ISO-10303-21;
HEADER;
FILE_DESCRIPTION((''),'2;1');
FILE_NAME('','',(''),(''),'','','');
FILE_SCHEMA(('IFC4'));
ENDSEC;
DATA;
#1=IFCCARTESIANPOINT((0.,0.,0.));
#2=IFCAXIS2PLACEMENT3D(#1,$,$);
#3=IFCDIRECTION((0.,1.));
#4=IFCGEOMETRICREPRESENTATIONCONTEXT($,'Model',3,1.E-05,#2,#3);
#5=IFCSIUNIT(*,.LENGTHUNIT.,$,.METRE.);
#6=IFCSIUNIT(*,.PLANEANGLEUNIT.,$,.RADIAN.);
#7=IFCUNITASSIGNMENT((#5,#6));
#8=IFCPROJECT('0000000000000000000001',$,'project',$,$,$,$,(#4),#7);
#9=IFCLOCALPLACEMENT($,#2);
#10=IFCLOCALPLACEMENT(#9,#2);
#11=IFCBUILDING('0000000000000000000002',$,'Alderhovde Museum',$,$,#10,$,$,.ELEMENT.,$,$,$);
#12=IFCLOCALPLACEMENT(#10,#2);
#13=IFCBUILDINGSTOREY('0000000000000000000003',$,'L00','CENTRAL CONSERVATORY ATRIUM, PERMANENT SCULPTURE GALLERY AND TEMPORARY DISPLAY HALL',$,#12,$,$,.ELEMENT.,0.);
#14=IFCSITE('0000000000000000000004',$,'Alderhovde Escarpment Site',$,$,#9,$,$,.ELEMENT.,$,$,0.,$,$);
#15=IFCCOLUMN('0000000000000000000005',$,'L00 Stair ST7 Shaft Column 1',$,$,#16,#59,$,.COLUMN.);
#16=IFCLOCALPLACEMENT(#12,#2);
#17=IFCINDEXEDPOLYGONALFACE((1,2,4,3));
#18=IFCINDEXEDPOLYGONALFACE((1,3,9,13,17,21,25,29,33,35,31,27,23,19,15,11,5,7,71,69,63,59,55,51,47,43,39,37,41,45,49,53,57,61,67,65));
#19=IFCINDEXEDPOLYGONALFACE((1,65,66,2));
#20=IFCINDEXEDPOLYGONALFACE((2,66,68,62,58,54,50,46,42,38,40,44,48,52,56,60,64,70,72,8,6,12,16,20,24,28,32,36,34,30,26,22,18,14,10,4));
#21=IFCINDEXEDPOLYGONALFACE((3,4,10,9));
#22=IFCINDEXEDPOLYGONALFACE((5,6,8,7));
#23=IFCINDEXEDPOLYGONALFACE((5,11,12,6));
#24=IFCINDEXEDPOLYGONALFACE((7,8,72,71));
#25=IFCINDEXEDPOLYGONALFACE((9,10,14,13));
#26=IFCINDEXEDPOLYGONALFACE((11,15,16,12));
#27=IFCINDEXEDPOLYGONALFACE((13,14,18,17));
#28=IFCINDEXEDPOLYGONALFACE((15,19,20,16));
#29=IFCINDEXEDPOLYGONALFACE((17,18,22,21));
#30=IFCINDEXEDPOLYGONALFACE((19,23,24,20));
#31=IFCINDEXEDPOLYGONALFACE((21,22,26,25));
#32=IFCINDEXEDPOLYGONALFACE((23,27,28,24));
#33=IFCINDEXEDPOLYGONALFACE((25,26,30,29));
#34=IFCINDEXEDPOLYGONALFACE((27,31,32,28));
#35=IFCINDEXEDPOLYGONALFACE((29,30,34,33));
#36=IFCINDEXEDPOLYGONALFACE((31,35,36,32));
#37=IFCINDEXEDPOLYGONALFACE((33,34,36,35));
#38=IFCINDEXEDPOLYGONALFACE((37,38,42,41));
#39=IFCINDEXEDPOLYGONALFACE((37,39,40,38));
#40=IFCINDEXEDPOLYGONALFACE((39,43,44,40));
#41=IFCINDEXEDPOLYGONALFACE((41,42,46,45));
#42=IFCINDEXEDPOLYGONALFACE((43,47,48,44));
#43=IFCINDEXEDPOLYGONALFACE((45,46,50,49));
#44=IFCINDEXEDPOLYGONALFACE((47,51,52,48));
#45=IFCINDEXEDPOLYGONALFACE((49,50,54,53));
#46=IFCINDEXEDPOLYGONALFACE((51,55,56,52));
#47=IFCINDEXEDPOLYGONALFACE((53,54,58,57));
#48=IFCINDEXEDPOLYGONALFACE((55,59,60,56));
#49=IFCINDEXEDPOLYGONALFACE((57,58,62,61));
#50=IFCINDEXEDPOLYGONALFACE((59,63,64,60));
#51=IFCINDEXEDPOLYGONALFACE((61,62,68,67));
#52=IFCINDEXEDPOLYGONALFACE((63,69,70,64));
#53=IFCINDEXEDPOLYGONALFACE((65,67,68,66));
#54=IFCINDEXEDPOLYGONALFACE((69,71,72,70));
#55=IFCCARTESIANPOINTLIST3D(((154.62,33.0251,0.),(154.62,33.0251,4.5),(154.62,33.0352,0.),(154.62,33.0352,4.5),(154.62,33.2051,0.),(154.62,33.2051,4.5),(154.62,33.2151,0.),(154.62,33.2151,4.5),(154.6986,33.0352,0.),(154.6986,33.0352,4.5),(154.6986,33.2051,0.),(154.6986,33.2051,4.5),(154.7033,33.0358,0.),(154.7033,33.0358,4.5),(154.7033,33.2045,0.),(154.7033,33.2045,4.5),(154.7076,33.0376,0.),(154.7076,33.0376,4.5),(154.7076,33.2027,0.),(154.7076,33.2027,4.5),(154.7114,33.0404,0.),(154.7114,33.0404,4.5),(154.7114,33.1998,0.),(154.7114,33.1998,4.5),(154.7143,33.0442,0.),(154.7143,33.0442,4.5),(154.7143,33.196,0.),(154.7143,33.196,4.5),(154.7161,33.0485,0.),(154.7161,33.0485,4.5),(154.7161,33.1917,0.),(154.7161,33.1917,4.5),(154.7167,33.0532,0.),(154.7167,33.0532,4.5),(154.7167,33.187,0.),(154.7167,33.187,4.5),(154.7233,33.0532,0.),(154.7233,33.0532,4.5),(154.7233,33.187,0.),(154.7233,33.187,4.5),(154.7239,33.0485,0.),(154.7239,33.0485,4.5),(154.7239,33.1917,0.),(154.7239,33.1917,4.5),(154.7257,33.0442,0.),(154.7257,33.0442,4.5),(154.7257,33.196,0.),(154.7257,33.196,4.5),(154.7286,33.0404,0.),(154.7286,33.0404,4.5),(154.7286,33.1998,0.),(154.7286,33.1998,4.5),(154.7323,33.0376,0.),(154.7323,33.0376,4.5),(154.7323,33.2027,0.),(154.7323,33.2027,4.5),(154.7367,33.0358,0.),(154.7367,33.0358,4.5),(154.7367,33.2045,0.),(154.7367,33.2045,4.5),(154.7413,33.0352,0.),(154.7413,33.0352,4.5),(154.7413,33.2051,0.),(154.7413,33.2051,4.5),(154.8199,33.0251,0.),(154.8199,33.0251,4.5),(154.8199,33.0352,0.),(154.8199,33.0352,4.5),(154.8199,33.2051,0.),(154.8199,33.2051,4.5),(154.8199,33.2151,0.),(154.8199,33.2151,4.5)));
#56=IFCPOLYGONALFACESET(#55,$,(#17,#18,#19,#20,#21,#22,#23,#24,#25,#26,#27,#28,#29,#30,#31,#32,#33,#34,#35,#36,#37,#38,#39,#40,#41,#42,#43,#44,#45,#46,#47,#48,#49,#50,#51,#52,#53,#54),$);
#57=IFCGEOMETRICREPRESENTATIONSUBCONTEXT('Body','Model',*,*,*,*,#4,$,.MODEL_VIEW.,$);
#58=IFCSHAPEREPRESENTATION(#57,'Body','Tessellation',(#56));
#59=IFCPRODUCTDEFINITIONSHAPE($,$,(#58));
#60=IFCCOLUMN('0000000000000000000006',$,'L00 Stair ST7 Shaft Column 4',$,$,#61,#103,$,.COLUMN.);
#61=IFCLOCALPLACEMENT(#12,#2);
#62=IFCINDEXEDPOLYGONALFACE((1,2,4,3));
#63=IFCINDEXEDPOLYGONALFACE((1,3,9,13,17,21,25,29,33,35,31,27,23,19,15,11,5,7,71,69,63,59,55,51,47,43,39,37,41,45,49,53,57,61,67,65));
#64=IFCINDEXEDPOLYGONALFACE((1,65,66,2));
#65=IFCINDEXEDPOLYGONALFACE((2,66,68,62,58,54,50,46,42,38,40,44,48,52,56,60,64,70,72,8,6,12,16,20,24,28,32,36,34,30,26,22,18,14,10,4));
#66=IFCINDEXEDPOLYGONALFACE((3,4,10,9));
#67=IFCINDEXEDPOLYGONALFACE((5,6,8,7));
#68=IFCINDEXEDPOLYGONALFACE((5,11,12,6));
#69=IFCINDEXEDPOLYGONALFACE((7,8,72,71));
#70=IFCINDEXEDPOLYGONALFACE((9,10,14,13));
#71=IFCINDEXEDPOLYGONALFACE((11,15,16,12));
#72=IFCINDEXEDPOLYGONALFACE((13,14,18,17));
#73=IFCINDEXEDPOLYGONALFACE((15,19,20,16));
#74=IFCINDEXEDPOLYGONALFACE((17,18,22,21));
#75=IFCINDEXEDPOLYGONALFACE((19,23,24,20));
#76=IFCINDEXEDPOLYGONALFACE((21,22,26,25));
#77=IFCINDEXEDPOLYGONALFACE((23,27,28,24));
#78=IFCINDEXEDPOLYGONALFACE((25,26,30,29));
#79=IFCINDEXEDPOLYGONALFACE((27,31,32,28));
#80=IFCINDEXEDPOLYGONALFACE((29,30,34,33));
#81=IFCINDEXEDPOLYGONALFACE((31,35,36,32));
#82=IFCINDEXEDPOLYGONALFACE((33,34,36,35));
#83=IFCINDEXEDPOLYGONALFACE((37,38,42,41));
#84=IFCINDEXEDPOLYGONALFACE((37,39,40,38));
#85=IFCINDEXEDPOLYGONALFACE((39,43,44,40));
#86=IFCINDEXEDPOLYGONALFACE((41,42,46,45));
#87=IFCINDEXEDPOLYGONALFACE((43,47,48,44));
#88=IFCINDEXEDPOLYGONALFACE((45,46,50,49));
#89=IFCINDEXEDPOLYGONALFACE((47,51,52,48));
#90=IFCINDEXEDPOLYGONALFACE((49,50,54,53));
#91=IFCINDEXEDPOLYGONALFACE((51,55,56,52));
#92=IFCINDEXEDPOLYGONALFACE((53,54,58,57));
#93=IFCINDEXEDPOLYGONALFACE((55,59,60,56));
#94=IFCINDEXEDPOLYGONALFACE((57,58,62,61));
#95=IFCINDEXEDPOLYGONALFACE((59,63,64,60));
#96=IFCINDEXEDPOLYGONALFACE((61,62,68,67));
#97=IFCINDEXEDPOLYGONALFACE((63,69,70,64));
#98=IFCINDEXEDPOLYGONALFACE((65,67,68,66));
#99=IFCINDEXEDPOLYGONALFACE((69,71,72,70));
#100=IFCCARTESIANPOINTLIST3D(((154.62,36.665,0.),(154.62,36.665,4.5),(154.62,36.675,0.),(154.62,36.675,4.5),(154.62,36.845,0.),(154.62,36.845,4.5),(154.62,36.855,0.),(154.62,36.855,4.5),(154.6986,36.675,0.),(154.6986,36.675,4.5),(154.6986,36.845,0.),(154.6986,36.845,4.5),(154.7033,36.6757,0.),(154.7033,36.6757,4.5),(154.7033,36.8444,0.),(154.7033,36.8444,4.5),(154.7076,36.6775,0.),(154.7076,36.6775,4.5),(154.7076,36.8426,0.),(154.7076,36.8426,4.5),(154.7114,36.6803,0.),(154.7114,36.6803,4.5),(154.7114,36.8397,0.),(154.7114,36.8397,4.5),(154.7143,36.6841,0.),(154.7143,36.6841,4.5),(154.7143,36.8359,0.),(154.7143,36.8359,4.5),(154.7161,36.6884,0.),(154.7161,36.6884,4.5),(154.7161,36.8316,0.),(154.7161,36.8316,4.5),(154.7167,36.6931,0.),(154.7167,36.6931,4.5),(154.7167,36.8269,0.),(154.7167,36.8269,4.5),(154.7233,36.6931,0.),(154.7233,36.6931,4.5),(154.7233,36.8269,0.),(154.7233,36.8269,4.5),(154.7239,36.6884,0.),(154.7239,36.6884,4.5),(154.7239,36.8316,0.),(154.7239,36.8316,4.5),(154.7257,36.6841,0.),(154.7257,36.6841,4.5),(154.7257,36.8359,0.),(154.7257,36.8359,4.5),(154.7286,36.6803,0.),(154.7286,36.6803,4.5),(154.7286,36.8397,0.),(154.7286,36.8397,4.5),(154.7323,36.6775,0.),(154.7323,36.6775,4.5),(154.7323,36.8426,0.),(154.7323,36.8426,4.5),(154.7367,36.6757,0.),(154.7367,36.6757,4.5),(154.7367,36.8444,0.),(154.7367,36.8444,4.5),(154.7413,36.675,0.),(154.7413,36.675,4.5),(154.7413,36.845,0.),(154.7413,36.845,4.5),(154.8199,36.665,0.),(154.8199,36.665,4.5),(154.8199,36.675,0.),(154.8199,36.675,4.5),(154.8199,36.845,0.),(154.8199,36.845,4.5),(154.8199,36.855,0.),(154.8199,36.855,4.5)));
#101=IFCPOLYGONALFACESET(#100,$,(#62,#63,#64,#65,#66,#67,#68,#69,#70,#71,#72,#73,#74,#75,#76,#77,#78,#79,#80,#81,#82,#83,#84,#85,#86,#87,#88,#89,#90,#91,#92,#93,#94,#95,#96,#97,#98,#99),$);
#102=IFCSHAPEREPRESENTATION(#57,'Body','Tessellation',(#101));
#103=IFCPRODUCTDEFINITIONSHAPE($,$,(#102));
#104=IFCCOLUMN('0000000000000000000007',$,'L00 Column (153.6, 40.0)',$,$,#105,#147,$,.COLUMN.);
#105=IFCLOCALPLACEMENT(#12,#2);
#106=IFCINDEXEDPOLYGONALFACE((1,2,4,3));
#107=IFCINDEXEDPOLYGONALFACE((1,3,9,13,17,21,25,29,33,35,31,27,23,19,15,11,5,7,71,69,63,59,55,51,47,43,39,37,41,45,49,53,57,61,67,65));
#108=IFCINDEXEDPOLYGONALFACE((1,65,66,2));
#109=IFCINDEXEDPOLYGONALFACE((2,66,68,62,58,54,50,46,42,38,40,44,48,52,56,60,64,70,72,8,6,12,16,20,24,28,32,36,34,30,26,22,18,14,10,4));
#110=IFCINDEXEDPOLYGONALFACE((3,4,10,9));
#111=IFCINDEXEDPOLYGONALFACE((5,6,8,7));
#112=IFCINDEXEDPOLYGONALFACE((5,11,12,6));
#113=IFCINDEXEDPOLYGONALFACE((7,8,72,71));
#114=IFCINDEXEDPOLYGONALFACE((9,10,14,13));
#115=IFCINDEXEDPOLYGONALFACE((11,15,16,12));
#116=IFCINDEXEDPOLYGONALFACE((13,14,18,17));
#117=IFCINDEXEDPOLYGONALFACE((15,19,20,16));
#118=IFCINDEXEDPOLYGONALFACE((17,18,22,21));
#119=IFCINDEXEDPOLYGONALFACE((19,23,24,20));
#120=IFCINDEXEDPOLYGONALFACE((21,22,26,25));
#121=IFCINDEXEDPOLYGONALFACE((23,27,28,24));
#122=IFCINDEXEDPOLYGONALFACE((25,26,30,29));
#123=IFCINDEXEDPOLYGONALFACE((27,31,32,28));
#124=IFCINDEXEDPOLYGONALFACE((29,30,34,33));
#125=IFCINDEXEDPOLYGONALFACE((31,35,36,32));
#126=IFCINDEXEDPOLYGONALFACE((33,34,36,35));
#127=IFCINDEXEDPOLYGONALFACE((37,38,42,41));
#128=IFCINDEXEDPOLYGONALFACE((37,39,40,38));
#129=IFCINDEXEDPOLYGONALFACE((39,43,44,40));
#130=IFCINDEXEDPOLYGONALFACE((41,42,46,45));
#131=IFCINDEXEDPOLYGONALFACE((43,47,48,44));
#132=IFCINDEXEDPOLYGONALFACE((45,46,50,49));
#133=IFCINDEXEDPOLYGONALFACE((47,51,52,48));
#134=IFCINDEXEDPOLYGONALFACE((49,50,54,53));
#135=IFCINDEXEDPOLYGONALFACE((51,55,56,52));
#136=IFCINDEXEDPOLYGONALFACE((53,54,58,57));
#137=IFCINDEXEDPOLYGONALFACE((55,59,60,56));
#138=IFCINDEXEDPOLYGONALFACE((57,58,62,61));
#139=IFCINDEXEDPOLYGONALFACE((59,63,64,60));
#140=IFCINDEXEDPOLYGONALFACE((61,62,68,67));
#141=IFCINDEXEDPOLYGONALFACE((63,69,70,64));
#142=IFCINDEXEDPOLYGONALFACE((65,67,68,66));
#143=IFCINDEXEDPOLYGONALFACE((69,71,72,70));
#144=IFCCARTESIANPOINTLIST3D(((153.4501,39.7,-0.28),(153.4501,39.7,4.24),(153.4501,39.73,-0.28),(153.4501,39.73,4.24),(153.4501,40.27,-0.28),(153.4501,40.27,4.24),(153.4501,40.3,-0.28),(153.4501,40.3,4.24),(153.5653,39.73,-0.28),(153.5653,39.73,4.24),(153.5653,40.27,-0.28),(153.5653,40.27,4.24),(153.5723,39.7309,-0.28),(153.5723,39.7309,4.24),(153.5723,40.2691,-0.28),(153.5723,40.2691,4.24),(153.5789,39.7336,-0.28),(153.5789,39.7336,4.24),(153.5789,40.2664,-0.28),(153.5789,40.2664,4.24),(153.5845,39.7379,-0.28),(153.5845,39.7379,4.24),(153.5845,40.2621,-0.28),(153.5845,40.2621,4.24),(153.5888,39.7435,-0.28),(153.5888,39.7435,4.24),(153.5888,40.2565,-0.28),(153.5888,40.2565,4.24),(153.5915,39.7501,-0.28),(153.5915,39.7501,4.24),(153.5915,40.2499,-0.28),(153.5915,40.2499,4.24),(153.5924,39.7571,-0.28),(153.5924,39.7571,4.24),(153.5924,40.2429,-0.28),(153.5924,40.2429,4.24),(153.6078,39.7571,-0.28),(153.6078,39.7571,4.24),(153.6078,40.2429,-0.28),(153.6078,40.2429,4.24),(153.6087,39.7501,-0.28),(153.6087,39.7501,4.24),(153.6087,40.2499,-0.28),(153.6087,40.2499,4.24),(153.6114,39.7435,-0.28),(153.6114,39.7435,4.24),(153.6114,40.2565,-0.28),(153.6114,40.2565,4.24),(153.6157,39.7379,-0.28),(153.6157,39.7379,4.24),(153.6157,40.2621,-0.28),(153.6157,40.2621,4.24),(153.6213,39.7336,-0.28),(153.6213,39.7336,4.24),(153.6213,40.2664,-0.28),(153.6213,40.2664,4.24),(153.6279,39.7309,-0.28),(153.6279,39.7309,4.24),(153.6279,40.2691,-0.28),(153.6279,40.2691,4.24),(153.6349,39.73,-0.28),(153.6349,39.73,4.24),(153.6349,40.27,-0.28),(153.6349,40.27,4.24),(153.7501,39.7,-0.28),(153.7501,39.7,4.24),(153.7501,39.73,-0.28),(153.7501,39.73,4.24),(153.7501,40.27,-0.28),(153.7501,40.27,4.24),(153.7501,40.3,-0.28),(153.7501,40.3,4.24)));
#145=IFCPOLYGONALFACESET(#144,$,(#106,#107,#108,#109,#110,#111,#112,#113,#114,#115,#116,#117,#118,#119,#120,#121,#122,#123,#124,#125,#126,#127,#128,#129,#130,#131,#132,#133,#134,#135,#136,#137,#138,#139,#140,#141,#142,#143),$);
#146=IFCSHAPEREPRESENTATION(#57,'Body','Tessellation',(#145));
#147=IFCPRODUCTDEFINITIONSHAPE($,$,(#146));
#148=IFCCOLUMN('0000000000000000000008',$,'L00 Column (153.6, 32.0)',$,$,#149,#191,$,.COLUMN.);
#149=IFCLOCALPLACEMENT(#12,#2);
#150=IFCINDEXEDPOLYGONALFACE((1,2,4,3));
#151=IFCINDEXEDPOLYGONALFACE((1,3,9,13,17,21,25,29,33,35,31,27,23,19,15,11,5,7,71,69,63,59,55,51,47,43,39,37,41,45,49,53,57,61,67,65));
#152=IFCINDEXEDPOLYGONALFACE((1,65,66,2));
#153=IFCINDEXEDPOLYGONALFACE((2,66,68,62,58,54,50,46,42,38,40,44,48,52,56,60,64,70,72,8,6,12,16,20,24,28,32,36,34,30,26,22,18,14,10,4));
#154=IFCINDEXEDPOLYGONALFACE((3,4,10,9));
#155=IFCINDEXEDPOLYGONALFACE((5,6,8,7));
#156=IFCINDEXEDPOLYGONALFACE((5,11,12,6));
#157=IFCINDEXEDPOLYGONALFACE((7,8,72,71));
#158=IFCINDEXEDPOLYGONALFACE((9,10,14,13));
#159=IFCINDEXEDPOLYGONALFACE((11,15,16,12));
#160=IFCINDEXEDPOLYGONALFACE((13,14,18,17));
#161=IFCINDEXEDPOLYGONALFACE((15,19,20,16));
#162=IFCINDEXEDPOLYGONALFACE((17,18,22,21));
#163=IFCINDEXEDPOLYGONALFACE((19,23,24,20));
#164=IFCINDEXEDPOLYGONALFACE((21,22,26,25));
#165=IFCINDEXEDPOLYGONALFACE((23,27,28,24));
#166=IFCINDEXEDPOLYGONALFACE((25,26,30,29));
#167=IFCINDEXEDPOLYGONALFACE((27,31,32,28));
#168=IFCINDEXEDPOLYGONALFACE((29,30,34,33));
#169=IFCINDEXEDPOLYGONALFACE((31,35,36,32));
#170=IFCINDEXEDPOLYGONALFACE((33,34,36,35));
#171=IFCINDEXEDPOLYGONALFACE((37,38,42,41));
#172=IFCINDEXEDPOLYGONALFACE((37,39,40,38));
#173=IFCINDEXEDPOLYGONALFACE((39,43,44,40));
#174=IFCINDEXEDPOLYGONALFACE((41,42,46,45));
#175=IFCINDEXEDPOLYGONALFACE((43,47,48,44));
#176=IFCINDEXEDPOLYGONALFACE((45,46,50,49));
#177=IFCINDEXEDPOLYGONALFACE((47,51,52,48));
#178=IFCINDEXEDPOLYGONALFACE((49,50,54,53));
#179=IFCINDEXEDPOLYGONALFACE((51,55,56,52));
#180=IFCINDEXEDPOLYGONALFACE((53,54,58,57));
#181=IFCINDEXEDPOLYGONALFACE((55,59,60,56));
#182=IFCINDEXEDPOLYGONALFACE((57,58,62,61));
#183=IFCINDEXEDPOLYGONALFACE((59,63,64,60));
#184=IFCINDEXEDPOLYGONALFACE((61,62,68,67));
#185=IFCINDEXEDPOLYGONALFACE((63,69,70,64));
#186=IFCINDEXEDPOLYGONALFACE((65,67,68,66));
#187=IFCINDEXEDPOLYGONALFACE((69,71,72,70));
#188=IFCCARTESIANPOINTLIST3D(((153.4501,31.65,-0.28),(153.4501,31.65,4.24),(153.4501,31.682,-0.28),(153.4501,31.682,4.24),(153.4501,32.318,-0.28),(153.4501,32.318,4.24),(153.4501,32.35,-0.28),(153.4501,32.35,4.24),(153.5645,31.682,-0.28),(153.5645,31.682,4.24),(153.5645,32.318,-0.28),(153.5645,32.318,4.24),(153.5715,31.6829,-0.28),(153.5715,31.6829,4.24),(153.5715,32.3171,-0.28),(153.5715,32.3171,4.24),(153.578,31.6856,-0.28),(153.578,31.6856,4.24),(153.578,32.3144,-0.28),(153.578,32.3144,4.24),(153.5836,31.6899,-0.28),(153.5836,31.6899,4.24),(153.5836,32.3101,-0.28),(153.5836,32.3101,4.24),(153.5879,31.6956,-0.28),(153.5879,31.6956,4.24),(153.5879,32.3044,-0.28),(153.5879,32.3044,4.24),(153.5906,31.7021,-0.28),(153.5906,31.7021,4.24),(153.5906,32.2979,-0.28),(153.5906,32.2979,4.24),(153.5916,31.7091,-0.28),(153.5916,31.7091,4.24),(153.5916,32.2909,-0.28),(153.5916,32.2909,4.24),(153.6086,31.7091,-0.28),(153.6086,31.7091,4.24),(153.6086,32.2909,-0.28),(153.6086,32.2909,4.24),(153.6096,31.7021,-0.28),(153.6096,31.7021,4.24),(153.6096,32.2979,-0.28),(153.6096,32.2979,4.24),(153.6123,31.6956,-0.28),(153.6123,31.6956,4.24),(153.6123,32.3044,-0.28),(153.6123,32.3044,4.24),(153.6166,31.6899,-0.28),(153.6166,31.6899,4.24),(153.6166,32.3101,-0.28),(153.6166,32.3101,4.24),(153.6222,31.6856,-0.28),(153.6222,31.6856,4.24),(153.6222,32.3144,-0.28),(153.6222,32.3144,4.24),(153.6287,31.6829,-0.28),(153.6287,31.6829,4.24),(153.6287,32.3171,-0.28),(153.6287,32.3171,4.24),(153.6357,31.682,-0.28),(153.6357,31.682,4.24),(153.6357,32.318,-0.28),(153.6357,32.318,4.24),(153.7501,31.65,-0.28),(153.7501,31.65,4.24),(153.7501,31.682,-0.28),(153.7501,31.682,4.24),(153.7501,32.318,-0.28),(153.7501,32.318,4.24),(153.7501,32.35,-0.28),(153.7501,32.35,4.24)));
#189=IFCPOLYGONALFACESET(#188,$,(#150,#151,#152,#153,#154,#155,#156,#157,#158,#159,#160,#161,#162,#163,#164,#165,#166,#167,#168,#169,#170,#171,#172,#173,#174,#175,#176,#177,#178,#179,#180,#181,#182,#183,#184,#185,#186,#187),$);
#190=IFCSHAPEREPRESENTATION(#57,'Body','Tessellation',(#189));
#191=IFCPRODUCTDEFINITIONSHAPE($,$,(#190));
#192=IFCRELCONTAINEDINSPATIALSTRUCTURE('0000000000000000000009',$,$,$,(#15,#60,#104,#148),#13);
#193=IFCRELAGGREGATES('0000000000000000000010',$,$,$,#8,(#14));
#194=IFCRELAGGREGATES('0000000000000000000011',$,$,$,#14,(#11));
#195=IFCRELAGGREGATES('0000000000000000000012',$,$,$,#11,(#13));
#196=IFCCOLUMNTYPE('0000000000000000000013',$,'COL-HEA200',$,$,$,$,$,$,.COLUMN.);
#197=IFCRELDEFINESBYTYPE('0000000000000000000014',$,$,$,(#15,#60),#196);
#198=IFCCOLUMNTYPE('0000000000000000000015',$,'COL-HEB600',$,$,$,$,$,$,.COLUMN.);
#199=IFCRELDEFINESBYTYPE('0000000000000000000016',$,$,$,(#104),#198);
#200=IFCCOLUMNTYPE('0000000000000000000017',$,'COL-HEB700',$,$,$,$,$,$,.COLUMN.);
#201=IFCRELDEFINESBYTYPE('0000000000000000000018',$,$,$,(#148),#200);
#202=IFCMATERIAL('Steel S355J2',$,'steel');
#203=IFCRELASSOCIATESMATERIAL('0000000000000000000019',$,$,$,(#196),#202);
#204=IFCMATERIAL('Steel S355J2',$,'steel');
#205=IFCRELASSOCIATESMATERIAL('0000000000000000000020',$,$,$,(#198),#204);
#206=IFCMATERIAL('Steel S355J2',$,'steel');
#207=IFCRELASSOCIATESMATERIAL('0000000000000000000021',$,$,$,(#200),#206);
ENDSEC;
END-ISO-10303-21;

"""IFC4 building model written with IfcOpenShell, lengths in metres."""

from ifc_helpers import new_model, si_unit, direction, frame, origin, origin_2d, place, context, subcontext, project, spatial, i_section, extrude, material, material_profile, profile_set, type_object, element, save


model = new_model("IFC4")

# Units and contexts
model_context = context("Model", 3, precision=1e-05, world=origin(), true_north=direction((0.0, 1.0)))
body_context = subcontext(model_context, "Body", "Model", "MODEL_VIEW")
ifc_project = project(units=[si_unit("LENGTHUNIT", "METRE"), si_unit("PLANEANGLEUNIT", "RADIAN")], contexts=[model_context])

# Site, building, storey
site_placement = place(None, origin())
site = spatial("IfcSite", under=ifc_project, at=site_placement, Name="Alderhovde Escarpment Site", CompositionType="ELEMENT", RefElevation=0.0)
building_placement = place(site_placement, origin())
building = spatial("IfcBuilding", under=site, at=building_placement, Name="Alderhovde Museum", CompositionType="ELEMENT")
storey_placement = place(building_placement, origin())
storey = spatial("IfcBuildingStorey", under=building, at=storey_placement, Name="L00", Description="CENTRAL CONSERVATORY ATRIUM, PERMANENT SCULPTURE GALLERY AND TEMPORARY DISPLAY HALL", CompositionType="ELEMENT", Elevation=0.0)

# Columns
ifc_material_1 = material(Name="Steel S355J2", Category="steel")
ifc_material_profile_1 = material_profile(ifc_material_1, i_section(OverallWidth=0.2, OverallDepth=0.1899, WebThickness=0.0066, FlangeThickness=0.01, FilletRadius=0.0181, at=origin_2d()), Name="HEA 200")
ifc_profile_set_1 = profile_set([ifc_material_profile_1], Name="Steel S355J2")
column_type_1 = type_object("IfcColumnType", Name="COL-HEA200", PredefinedType="COLUMN", material=ifc_profile_set_1)
for number, where, z_axis, x_axis, name in (
    (1, (154.72, 33.1201, 0.0), (0.0, 0.0, 1.0), (1.0, 0.0, 0.0), "L00 Stair ST7 Shaft Column 1"),
    (2, (154.72, 36.76, 0.0), (0.0, 0.0, 1.0), (1.0, 0.0, 0.0), "L00 Stair ST7 Shaft Column 4"),
):
    element("IfcColumn", number, at=place(storey_placement, frame(where, z_axis=z_axis, x_axis=x_axis)), inside=storey, type_object=column_type_1, Name=name, PredefinedType="COLUMN", context=body_context, shape_type="SweptSolid", body=[
        extrude(i_section(OverallWidth=0.2, OverallDepth=0.1899, WebThickness=0.0066, FlangeThickness=0.01, FilletRadius=0.0181, at=origin_2d()), origin(), (0.0, 0.0, 1.0), 4.5),
    ])
ifc_material_2 = material(Name="Steel S355J2", Category="steel")
ifc_material_profile_2 = material_profile(ifc_material_2, i_section(OverallWidth=0.3, OverallDepth=0.6001, WebThickness=0.0154, FlangeThickness=0.03, FilletRadius=0.0271, at=origin_2d()), Name="HEB 600")
ifc_profile_set_2 = profile_set([ifc_material_profile_2], Name="Steel S355J2")
column_type_2 = type_object("IfcColumnType", Name="COL-HEB600", PredefinedType="COLUMN", material=ifc_profile_set_2)
column_1_placement = place(storey_placement, frame((153.6001, 40.0, -0.28), z_axis=(0.0, 0.0, 1.0), x_axis=(1.0, 0.0, 0.0)))
element("IfcColumn", 3, at=column_1_placement, inside=storey, type_object=column_type_2, Name="L00 Column (153.6, 40.0)", PredefinedType="COLUMN", context=body_context, shape_type="SweptSolid", body=[
    extrude(i_section(OverallWidth=0.3, OverallDepth=0.6001, WebThickness=0.0154, FlangeThickness=0.03, FilletRadius=0.0271, at=origin_2d()), origin(), (0.0, 0.0, 1.0), 4.52),
])
ifc_material_3 = material(Name="Steel S355J2", Category="steel")
ifc_material_profile_3 = material_profile(ifc_material_3, i_section(OverallWidth=0.3, OverallDepth=0.7, WebThickness=0.0171, FlangeThickness=0.032, FilletRadius=0.0271, at=origin_2d()), Name="HEB 700")
ifc_profile_set_3 = profile_set([ifc_material_profile_3], Name="Steel S355J2")
column_type_3 = type_object("IfcColumnType", Name="COL-HEB700", PredefinedType="COLUMN", material=ifc_profile_set_3)
column_2_placement = place(storey_placement, frame((153.6001, 32.0, -0.28), z_axis=(0.0, 0.0, 1.0), x_axis=(1.0, 0.0, 0.0)))
element("IfcColumn", 4, at=column_2_placement, inside=storey, type_object=column_type_3, Name="L00 Column (153.6, 32.0)", PredefinedType="COLUMN", context=body_context, shape_type="SweptSolid", body=[
    extrude(i_section(OverallWidth=0.3, OverallDepth=0.7, WebThickness=0.0171, FlangeThickness=0.032, FilletRadius=0.0271, at=origin_2d()), origin(), (0.0, 0.0, 1.0), 4.52),
])

save(model, "model.ifc")
